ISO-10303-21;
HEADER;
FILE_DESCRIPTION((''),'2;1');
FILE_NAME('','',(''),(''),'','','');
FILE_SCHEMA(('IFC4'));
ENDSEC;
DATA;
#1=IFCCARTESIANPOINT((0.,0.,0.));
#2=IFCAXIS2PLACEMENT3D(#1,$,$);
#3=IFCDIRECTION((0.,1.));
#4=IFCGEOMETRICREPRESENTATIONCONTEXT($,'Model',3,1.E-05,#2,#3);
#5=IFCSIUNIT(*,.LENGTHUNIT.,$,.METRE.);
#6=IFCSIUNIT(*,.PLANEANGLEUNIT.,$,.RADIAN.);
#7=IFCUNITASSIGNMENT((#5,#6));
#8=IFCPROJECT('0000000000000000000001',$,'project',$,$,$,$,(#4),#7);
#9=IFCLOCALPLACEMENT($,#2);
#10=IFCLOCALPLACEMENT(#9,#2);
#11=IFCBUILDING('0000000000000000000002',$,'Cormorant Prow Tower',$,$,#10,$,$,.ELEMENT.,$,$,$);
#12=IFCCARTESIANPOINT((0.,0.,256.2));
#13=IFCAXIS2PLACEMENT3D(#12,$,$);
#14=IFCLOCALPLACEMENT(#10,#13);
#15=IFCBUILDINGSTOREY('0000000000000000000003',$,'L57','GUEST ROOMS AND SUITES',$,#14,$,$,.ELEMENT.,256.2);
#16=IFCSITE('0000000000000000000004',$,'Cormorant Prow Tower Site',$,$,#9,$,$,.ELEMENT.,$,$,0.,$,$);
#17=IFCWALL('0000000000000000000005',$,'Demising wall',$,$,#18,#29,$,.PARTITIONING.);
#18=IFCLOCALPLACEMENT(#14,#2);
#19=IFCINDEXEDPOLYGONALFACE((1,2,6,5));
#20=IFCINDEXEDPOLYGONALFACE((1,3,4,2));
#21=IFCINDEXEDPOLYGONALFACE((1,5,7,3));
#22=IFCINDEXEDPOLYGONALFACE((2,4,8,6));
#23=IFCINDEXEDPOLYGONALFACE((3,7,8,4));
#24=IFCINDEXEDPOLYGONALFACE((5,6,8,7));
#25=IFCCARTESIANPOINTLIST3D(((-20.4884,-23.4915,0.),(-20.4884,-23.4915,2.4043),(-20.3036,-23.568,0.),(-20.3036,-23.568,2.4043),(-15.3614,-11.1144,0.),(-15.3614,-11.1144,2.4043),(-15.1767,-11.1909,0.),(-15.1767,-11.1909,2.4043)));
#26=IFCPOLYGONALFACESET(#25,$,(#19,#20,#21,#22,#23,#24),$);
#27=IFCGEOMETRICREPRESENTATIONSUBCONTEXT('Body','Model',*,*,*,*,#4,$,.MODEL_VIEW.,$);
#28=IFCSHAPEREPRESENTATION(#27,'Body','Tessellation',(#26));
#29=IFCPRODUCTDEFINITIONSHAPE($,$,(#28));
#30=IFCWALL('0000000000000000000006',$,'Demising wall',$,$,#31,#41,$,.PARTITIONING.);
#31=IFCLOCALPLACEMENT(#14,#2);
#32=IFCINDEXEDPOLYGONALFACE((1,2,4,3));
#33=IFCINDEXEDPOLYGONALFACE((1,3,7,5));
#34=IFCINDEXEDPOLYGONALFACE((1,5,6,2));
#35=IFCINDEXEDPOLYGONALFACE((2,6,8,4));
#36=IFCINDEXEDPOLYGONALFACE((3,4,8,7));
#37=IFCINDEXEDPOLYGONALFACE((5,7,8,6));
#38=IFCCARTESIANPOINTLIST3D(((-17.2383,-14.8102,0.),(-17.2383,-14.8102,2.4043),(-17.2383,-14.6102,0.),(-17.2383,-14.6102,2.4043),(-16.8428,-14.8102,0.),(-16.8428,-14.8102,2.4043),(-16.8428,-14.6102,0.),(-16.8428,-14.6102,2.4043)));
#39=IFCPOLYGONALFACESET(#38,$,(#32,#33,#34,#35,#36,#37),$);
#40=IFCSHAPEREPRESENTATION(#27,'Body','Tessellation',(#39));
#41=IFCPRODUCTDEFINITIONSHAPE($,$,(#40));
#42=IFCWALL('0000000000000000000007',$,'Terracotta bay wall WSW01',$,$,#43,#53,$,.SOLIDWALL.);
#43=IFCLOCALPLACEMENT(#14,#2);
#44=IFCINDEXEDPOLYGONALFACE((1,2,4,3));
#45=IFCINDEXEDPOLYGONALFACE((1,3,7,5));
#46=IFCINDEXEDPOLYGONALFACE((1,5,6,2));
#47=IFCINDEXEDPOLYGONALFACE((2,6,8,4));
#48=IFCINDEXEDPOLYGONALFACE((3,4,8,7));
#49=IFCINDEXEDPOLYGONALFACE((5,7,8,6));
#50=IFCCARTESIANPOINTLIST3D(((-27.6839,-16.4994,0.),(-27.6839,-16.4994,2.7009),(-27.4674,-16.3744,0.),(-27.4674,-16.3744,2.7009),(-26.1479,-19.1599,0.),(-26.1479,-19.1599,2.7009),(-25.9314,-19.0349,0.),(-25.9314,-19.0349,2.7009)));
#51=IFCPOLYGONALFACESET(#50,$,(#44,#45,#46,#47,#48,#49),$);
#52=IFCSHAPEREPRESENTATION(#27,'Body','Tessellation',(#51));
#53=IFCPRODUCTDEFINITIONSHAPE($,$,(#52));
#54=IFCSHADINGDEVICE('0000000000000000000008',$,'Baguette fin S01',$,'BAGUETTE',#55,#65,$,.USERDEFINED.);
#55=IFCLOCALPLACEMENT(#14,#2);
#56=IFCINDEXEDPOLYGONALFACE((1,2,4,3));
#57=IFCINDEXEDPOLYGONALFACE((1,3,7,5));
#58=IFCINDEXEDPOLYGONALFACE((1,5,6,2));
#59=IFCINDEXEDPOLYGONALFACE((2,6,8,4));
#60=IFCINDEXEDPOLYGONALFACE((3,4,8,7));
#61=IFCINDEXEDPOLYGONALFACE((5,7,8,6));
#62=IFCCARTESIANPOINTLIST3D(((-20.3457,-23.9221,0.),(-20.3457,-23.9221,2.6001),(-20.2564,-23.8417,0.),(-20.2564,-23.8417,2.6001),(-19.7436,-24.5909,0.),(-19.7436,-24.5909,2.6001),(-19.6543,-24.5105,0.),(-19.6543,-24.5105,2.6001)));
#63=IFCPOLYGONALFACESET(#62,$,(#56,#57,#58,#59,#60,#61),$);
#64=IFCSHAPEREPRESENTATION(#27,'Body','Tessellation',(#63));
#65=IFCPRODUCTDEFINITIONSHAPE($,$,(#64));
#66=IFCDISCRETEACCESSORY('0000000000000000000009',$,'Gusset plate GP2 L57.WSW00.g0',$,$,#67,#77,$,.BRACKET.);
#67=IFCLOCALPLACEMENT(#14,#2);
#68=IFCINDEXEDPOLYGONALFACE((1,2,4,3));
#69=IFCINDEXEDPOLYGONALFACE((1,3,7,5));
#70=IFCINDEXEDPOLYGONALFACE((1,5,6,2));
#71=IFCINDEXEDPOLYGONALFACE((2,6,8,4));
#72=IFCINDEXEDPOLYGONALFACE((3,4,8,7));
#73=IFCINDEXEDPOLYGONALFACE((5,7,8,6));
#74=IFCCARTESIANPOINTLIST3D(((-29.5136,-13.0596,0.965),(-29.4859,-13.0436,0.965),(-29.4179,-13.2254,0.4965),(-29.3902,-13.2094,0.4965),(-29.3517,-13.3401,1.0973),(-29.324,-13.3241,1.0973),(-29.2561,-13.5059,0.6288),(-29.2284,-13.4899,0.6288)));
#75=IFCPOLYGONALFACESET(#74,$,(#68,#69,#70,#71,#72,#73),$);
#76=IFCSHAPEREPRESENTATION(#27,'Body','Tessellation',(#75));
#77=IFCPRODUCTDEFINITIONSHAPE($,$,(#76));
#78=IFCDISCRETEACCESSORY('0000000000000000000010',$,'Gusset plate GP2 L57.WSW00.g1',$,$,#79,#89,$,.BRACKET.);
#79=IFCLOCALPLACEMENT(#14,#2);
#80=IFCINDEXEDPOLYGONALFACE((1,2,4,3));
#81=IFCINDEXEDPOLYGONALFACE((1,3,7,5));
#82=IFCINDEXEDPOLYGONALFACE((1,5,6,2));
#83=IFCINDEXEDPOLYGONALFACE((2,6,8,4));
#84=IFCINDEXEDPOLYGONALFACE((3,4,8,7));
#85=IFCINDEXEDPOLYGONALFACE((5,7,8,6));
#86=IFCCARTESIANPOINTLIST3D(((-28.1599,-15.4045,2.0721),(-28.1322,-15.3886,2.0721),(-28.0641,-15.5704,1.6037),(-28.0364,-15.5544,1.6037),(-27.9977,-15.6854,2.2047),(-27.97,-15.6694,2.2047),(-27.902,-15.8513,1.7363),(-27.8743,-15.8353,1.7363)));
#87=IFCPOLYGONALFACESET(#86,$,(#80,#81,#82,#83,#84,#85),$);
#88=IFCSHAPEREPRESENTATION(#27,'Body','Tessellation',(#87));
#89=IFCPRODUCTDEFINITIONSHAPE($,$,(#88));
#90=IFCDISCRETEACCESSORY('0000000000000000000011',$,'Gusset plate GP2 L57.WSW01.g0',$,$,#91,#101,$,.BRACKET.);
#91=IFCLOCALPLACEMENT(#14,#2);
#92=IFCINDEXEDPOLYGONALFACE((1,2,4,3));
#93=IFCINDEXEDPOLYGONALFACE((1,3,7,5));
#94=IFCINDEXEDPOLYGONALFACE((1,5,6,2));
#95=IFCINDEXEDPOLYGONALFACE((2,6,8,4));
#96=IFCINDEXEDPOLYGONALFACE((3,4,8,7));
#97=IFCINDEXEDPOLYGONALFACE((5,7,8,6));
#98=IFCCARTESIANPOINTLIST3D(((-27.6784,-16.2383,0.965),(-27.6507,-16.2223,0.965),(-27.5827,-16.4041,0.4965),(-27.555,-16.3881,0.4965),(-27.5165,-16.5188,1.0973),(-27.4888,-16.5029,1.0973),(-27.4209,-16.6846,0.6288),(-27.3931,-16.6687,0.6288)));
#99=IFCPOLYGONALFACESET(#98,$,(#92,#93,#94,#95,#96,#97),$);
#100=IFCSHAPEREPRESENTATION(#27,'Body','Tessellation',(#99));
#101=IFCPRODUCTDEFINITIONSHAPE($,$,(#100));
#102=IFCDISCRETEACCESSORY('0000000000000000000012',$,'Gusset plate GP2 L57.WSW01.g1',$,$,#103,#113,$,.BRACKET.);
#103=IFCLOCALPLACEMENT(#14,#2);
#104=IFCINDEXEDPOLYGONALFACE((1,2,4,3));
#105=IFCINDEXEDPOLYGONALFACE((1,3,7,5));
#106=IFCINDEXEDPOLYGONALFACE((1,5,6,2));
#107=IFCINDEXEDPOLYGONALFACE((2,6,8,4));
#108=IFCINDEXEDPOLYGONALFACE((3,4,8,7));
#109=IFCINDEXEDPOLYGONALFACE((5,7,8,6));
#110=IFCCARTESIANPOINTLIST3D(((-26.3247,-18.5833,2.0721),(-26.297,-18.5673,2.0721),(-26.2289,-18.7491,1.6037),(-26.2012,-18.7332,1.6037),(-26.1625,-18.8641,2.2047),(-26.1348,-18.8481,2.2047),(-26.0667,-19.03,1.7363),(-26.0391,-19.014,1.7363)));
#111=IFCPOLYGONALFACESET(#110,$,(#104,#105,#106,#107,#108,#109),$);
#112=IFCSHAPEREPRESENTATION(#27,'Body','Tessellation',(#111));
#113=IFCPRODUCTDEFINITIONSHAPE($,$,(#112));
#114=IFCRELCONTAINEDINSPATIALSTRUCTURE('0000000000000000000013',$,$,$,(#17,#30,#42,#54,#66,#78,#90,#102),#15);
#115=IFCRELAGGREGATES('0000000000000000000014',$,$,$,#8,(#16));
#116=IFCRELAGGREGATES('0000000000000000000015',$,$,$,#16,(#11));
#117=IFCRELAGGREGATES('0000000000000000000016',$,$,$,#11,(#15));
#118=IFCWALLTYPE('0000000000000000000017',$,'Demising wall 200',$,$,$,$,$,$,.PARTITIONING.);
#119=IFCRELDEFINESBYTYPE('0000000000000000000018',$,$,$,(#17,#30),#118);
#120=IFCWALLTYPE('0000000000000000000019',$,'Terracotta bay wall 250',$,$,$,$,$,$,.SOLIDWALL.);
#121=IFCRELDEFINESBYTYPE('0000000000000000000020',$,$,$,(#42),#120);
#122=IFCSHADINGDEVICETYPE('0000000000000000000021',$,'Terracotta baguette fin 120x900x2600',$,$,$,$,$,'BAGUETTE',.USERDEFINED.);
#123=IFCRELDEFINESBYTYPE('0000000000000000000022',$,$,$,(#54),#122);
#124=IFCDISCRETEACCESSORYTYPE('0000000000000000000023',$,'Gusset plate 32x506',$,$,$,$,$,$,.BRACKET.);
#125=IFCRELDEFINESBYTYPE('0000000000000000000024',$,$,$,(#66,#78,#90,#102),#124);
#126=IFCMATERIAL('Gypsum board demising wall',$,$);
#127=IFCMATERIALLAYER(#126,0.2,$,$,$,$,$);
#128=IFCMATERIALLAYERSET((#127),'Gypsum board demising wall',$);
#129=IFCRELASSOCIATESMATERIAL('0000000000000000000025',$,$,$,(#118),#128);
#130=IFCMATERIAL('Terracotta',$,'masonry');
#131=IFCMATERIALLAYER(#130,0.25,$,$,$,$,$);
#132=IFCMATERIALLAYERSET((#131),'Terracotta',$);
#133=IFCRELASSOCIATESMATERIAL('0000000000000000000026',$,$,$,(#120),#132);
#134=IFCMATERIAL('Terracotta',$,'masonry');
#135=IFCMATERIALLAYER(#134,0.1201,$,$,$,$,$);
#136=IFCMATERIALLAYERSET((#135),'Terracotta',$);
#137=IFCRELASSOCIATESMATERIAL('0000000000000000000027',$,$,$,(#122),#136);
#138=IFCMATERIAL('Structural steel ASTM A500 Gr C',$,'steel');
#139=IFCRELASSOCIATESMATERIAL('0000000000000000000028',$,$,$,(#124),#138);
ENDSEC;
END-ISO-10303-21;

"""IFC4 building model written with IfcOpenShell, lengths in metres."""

from ifc_helpers import new_model, si_unit, direction, frame, frame_2d, origin, origin_2d, place, context, subcontext, project, spatial, rectangle, extrude, material, layer, layer_set, material_profile, profile_set, type_object, element, save


model = new_model("IFC4")

# Units and contexts
model_context = context("Model", 3, precision=1e-05, world=origin(), true_north=direction((0.0, 1.0)))
body_context = subcontext(model_context, "Body", "Model", "MODEL_VIEW")
ifc_project = project(units=[si_unit("LENGTHUNIT", "METRE"), si_unit("PLANEANGLEUNIT", "RADIAN")], contexts=[model_context])

# Site, building, storey
site_placement = place(None, origin())
site = spatial("IfcSite", under=ifc_project, at=site_placement, Name="Cormorant Prow Tower Site", CompositionType="ELEMENT", RefElevation=0.0)
building_placement = place(site_placement, origin())
building = spatial("IfcBuilding", under=site, at=building_placement, Name="Cormorant Prow Tower", CompositionType="ELEMENT")
storey_placement = place(building_placement, frame((0.0, 0.0, 256.2)))
storey = spatial("IfcBuildingStorey", under=building, at=storey_placement, Name="L57", Description="GUEST ROOMS AND SUITES", CompositionType="ELEMENT", Elevation=256.2)

# Walls
ifc_material_1 = material(Name="Gypsum board demising wall")
ifc_layer_1 = layer(ifc_material_1, 0.2)
ifc_layer_set_1 = layer_set([ifc_layer_1], Name="Gypsum board demising wall")
wall_type_1 = type_object("IfcWallType", Name="Demising wall 200", PredefinedType="PARTITIONING", material=ifc_layer_set_1)
wall_1_placement = place(storey_placement, frame((-20.396, -23.5298, 0.0), z_axis=(0.0, 0.0, 1.0), x_axis=(0.382693, 0.923876, 0.0)))
element("IfcWall", 1, at=wall_1_placement, inside=storey, type_object=wall_type_1, Name="Demising wall", PredefinedType="PARTITIONING", context=body_context, shape_type="SweptSolid", body=[
    extrude(rectangle(XDim=13.397, YDim=0.2, at=frame_2d((6.6985, 0.0))), origin(), (0.0, 0.0, 1.0), 2.4043),
])
wall_2_placement = place(storey_placement, frame((-17.2383, -14.7102, 0.0), z_axis=(0.0, 0.0, 1.0), x_axis=(1.0, 0.0, 0.0)))
element("IfcWall", 2, at=wall_2_placement, inside=storey, type_object=wall_type_1, Name="Demising wall", PredefinedType="PARTITIONING", context=body_context, shape_type="SweptSolid", body=[
    extrude(rectangle(XDim=0.3955, YDim=0.2, at=frame_2d((0.1978, 0.0))), origin(), (0.0, 0.0, 1.0), 2.4043),
])
ifc_material_2 = material(Name="Terracotta", Category="masonry")
ifc_layer_2 = layer(ifc_material_2, 0.25)
ifc_layer_set_2 = layer_set([ifc_layer_2], Name="Terracotta")
wall_type_2 = type_object("IfcWallType", Name="Terracotta bay wall 250", PredefinedType="SOLIDWALL", material=ifc_layer_set_2)
wall_3_placement = place(storey_placement, frame((-27.5757, -16.4368, 0.0), z_axis=(0.0, 0.0, 1.0), x_axis=(0.499977, -0.866039, 0.0)))
element("IfcWall", 3, at=wall_3_placement, inside=storey, type_object=wall_type_2, Name="Terracotta bay wall WSW01", PredefinedType="SOLIDWALL", context=body_context, shape_type="SweptSolid", body=[
    extrude(rectangle(XDim=3.072, YDim=0.25, at=frame_2d((1.5361, 0.0))), origin(), (0.0, 0.0, 1.0), 2.7009),
])

# Shading device
ifc_material_3 = material(Name="Terracotta", Category="masonry")
ifc_layer_3 = layer(ifc_material_3, 0.1201)
ifc_layer_set_3 = layer_set([ifc_layer_3], Name="Terracotta")
shading_device_type = type_object("IfcShadingDeviceType", Name="Terracotta baguette fin 120x900x2600", ElementType="BAGUETTE", PredefinedType="USERDEFINED", material=ifc_layer_set_3)
shading_device_placement = place(storey_placement, frame((-20.0, -24.2163, 0.0), z_axis=(0.0, 0.0, 1.0), x_axis=(0.743145, 0.669131, 0.0)))
element("IfcShadingDevice", 4, at=shading_device_placement, inside=storey, type_object=shading_device_type, Name="Baguette fin S01", ObjectType="BAGUETTE", PredefinedType="USERDEFINED", context=body_context, shape_type="SweptSolid", body=[
    extrude(rectangle(XDim=0.1201, YDim=0.8999, at=origin_2d()), origin(), (0.0, 0.0, 1.0), 2.6001),
])

# Discrete accessories
ifc_material_4 = material(Name="Structural steel ASTM A500 Gr C", Category="steel")
ifc_material_profile_1 = material_profile(ifc_material_4, rectangle(XDim=0.032, YDim=0.5061, at=origin_2d()), Name="Gusset plate 32x506")
ifc_profile_set_1 = profile_set([ifc_material_profile_1], Name="Structural steel ASTM A500 Gr C")
discrete_accessory_type = type_object("IfcDiscreteAccessoryType", Name="Gusset plate 32x506", PredefinedType="BRACKET", material=ifc_profile_set_1)
discrete_accessory_1_placement = place(storey_placement, frame((-29.29, -13.415, 0.863), z_axis=(-0.462661, 0.801806, -0.378223), x_axis=(-0.866148, -0.499788, 0.0)))
element("IfcDiscreteAccessory", 5, at=discrete_accessory_1_placement, inside=storey, type_object=discrete_accessory_type, Name="Gusset plate GP2 L57.WSW00.g0", PredefinedType="BRACKET", context=body_context, shape_type="SweptSolid", body=[
    extrude(rectangle(XDim=0.032, YDim=0.5061, at=origin_2d()), origin(), (0.0, 0.0, 1.0), 0.3499),
])
discrete_accessory_2_placement = place(storey_placement, frame((-28.0981, -15.4795, 1.8379), z_axis=(0.462828, -0.801584, 0.378487), x_axis=(0.86601, 0.500027, 0.0)))
element("IfcDiscreteAccessory", 6, at=discrete_accessory_2_placement, inside=storey, type_object=discrete_accessory_type, Name="Gusset plate GP2 L57.WSW00.g1", PredefinedType="BRACKET", context=body_context, shape_type="SweptSolid", body=[
    extrude(rectangle(XDim=0.032, YDim=0.5061, at=origin_2d()), origin(), (0.0, 0.0, 1.0), 0.3503),
])
discrete_accessory_3_placement = place(storey_placement, frame((-27.4548, -16.5938, 0.863), z_axis=(-0.462661, 0.801806, -0.378223), x_axis=(-0.866148, -0.499788, 0.0)))
element("IfcDiscreteAccessory", 7, at=discrete_accessory_3_placement, inside=storey, type_object=discrete_accessory_type, Name="Gusset plate GP2 L57.WSW01.g0", PredefinedType="BRACKET", context=body_context, shape_type="SweptSolid", body=[
    extrude(rectangle(XDim=0.032, YDim=0.5061, at=origin_2d()), origin(), (0.0, 0.0, 1.0), 0.3499),
])
discrete_accessory_4_placement = place(storey_placement, frame((-26.2629, -18.6582, 1.8379), z_axis=(0.462828, -0.801584, 0.378487), x_axis=(0.86601, 0.500027, 0.0)))
element("IfcDiscreteAccessory", 8, at=discrete_accessory_4_placement, inside=storey, type_object=discrete_accessory_type, Name="Gusset plate GP2 L57.WSW01.g1", PredefinedType="BRACKET", context=body_context, shape_type="SweptSolid", body=[
    extrude(rectangle(XDim=0.032, YDim=0.5061, at=origin_2d()), origin(), (0.0, 0.0, 1.0), 0.3503),
])

save(model, "model.ifc")
